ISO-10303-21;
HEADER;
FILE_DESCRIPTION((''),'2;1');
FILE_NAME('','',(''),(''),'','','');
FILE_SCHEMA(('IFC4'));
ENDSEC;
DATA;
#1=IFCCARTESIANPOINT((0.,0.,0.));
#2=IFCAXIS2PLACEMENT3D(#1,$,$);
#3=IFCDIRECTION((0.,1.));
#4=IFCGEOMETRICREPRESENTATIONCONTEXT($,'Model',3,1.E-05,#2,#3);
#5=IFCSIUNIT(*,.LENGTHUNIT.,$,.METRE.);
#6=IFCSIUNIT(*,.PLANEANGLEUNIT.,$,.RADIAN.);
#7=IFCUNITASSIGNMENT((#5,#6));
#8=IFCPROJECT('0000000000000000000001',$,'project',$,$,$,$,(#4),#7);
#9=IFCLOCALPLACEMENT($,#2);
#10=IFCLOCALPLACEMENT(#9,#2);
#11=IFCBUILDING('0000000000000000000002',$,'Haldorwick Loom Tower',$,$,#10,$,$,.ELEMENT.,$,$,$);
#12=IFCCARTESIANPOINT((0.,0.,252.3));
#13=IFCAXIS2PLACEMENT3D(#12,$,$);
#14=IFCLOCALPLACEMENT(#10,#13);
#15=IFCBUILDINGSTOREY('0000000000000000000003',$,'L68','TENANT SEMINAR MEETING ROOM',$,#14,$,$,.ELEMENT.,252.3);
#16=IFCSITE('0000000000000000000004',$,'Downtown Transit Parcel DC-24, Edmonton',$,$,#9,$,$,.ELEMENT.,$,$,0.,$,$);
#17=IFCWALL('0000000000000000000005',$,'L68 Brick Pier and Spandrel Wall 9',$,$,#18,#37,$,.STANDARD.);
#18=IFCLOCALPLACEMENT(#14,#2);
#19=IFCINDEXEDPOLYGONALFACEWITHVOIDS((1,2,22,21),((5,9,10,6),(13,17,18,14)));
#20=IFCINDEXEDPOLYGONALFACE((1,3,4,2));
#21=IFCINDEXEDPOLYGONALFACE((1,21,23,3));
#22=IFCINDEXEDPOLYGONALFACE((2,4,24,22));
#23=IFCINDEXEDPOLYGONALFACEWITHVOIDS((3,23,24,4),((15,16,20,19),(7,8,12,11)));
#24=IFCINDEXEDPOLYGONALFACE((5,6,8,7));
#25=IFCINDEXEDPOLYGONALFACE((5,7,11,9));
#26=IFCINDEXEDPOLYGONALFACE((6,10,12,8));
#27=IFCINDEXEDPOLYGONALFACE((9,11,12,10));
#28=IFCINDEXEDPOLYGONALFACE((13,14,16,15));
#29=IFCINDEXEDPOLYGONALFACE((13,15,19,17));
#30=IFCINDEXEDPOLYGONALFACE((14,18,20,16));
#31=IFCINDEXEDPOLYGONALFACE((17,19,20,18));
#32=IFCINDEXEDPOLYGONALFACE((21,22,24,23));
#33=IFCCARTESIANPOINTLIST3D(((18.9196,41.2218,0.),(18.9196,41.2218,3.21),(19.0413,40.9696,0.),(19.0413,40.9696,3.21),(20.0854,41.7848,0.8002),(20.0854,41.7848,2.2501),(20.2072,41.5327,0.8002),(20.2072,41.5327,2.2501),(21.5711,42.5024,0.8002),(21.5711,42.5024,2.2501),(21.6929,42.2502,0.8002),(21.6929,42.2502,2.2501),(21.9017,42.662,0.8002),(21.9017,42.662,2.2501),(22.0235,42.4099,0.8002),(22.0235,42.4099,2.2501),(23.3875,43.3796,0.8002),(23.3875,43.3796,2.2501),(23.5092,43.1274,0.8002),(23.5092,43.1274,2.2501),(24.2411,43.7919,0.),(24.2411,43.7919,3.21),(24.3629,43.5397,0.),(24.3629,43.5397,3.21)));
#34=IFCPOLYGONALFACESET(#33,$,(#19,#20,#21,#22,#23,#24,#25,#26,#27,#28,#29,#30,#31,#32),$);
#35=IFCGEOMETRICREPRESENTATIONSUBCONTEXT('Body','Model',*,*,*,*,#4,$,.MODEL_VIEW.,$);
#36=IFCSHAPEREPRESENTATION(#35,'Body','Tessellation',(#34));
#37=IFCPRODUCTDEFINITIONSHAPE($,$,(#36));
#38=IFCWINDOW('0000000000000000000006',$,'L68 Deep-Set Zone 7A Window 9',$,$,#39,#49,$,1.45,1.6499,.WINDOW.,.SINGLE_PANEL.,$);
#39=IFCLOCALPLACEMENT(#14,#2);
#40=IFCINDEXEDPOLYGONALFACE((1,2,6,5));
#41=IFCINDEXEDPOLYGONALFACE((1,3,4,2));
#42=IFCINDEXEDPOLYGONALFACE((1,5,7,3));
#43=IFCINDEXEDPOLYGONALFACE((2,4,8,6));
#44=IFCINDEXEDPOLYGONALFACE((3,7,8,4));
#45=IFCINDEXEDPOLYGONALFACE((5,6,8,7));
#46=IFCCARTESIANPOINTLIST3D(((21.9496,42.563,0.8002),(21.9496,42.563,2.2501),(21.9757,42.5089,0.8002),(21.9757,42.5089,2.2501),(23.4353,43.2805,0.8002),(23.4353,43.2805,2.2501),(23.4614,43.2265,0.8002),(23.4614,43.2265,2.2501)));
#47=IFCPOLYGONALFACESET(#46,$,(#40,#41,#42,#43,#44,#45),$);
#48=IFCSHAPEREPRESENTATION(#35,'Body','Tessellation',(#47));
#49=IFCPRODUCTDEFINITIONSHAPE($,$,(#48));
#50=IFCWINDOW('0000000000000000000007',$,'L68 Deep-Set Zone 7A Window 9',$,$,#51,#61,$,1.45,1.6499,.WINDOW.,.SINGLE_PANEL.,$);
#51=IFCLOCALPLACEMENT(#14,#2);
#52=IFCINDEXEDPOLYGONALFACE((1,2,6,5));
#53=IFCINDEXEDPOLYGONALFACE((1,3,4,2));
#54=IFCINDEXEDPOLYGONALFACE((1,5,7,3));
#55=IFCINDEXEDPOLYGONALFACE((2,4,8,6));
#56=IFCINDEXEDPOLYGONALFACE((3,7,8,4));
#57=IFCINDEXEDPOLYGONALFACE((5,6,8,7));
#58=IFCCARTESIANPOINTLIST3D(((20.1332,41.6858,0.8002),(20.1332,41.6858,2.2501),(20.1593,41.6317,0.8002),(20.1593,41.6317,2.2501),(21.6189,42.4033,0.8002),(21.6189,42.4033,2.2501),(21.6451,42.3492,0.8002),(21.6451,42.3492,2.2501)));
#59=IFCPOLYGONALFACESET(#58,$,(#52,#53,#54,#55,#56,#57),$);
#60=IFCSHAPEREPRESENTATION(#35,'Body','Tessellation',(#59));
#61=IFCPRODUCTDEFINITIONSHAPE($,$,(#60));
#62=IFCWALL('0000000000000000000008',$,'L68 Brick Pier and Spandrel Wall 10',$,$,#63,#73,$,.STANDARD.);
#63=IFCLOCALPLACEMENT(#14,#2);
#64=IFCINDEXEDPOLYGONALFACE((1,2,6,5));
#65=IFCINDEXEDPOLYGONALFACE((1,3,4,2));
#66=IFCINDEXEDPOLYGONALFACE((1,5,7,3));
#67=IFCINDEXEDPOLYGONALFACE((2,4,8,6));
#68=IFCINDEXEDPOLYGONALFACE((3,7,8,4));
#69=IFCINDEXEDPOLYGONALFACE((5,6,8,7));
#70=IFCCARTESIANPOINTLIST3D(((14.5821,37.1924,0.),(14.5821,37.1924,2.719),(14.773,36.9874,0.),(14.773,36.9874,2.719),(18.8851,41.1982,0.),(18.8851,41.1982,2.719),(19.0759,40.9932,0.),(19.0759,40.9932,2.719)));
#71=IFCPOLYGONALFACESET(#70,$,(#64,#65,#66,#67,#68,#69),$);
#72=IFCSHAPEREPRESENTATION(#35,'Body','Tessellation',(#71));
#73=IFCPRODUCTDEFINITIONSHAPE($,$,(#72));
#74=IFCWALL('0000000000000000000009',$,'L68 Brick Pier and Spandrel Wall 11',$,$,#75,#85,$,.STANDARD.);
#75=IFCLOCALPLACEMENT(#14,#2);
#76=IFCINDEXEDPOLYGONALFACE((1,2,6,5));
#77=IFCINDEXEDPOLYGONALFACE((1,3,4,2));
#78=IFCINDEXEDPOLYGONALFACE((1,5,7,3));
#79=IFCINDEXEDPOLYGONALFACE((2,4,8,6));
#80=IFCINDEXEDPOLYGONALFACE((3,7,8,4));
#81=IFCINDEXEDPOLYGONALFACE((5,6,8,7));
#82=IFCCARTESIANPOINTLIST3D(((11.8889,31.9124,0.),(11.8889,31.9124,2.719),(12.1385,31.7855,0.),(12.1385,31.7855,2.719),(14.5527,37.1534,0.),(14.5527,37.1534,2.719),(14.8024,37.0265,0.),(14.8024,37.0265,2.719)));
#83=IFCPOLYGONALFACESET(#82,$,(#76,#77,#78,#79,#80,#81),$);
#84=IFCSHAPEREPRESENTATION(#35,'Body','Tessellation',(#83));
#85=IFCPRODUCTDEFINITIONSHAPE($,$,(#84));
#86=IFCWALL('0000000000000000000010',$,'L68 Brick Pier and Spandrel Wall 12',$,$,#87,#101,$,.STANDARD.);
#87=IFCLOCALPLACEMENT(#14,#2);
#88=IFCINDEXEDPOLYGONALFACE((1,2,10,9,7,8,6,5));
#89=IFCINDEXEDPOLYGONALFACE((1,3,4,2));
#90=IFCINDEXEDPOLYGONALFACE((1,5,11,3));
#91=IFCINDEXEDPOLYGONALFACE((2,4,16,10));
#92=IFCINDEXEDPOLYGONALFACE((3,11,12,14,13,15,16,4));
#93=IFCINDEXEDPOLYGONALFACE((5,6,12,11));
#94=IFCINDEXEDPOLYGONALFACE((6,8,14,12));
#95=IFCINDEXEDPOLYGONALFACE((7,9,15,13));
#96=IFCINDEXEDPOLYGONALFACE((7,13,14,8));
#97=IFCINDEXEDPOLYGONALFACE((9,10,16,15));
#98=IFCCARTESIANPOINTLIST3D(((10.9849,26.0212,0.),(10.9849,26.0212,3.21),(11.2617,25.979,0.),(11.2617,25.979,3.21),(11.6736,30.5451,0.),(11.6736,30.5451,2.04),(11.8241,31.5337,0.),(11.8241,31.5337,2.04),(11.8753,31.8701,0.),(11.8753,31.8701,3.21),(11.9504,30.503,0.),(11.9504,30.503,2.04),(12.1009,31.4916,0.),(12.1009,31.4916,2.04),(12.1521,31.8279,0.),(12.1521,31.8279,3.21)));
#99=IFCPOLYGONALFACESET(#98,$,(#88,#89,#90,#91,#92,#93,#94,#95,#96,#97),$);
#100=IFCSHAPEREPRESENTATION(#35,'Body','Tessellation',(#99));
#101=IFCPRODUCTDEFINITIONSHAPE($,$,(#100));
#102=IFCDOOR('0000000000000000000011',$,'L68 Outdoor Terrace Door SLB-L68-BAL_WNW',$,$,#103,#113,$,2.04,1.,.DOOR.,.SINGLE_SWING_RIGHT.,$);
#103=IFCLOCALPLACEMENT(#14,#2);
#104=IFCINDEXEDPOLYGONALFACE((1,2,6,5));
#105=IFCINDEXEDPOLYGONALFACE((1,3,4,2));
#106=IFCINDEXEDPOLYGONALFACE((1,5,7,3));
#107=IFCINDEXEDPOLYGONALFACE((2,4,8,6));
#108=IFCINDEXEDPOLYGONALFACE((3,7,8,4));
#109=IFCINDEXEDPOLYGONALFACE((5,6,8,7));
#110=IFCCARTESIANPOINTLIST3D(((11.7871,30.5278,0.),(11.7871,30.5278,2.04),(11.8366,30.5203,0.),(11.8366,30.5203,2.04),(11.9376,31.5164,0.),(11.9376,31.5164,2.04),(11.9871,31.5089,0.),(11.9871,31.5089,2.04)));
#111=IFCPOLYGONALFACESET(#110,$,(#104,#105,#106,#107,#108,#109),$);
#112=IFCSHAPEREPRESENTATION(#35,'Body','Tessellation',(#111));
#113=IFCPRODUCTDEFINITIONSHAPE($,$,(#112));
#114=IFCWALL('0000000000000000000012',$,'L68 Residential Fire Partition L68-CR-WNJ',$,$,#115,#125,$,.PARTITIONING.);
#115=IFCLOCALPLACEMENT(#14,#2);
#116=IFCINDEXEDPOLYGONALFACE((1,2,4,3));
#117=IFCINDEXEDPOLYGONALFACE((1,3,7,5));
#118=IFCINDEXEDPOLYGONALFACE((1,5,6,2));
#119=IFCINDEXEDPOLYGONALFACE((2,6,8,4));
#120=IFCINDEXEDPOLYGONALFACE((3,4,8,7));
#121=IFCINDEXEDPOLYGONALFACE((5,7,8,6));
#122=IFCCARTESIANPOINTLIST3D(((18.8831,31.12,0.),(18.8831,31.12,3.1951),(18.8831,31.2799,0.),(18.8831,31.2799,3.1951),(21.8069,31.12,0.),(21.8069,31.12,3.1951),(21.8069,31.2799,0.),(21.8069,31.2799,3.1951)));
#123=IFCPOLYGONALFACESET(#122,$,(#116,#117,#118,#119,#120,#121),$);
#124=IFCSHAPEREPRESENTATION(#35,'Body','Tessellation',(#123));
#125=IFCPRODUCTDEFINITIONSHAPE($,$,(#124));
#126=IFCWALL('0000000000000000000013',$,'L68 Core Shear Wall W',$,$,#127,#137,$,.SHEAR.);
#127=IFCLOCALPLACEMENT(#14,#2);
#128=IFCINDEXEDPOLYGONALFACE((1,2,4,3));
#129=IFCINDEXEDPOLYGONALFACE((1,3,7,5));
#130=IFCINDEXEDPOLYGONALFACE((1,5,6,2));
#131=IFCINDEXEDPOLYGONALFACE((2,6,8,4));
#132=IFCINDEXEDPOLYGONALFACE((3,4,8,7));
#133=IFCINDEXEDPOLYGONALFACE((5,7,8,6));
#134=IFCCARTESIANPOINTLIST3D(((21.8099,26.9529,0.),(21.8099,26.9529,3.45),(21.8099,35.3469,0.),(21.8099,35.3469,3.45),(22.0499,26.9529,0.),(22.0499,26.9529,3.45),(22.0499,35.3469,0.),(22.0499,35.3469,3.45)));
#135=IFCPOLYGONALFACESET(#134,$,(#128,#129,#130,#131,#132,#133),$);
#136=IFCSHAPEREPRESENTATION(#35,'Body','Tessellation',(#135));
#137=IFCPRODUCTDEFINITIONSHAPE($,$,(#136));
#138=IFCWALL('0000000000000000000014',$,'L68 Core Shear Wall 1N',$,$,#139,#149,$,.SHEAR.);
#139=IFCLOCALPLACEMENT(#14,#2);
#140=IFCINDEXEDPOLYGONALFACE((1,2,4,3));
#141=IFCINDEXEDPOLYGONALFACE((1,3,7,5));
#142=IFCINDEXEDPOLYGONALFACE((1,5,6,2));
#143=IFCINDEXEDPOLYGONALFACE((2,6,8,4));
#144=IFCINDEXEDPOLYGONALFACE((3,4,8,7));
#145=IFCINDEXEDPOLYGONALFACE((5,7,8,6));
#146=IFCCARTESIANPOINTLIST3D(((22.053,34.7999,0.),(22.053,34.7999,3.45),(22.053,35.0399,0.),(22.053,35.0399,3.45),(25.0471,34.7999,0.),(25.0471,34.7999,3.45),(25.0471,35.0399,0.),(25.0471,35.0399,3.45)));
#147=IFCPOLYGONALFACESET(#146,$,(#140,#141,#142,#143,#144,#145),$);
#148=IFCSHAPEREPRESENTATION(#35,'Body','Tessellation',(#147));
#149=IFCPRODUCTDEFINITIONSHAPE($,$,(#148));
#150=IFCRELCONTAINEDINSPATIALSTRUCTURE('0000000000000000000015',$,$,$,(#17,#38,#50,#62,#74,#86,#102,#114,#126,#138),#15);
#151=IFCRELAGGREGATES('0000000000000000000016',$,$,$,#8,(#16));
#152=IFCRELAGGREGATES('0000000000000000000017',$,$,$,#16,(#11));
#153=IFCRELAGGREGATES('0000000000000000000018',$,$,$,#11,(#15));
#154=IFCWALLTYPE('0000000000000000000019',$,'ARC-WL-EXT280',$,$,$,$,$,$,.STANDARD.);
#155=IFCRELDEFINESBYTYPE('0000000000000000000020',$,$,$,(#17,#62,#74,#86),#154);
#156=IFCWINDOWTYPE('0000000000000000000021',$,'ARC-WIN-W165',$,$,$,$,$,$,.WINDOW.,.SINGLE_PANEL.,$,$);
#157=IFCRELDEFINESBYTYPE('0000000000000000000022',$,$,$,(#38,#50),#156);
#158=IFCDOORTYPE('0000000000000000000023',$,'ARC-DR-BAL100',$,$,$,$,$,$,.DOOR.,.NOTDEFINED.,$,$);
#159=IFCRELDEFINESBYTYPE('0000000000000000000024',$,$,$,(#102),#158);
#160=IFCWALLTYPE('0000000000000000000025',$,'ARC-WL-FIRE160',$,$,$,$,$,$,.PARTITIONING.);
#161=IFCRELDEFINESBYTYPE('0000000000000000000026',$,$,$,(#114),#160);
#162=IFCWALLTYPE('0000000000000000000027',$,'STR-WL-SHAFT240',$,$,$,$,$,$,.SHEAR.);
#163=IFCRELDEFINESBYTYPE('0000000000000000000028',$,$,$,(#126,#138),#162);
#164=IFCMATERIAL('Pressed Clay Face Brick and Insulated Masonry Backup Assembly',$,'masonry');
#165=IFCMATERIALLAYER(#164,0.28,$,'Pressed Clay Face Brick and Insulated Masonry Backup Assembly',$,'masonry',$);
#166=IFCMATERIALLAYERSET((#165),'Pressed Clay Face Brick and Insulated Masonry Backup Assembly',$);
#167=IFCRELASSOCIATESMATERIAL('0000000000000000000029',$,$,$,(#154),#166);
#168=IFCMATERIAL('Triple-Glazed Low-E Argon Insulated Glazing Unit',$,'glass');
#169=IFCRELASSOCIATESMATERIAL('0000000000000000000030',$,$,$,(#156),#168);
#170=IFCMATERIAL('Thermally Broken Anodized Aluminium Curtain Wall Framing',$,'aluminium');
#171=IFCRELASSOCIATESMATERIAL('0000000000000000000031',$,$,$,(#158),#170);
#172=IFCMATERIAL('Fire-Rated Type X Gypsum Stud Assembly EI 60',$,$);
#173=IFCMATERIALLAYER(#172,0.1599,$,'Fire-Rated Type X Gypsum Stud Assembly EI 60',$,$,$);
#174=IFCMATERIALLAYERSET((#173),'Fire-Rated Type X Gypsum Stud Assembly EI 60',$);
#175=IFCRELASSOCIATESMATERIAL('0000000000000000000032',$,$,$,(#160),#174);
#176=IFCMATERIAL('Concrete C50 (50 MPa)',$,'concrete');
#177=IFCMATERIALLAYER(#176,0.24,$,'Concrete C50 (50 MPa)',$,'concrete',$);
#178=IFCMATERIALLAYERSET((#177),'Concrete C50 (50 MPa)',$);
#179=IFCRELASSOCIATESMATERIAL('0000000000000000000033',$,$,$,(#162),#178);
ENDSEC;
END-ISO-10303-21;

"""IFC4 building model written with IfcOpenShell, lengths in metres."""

from ifc_helpers import new_model, si_unit, direction, frame, frame_2d, origin, place, context, subcontext, project, spatial, rectangle, extrude, material, layer, layer_set, type_object, element, fill, save


model = new_model("IFC4")

# Units and contexts
model_context = context("Model", 3, precision=1e-05, world=origin(), true_north=direction((0.0, 1.0)))
body_context = subcontext(model_context, "Body", "Model", "MODEL_VIEW")
ifc_project = project(units=[si_unit("LENGTHUNIT", "METRE"), si_unit("PLANEANGLEUNIT", "RADIAN")], contexts=[model_context])

# Site, building, storey
site_placement = place(None, origin())
site = spatial("IfcSite", under=ifc_project, at=site_placement, Name="Downtown Transit Parcel DC-24, Edmonton", CompositionType="ELEMENT", RefElevation=0.0)
building_placement = place(site_placement, origin())
building = spatial("IfcBuilding", under=site, at=building_placement, Name="Haldorwick Loom Tower", CompositionType="ELEMENT")
storey_placement = place(building_placement, frame((0.0, 0.0, 252.3)))
storey = spatial("IfcBuildingStorey", under=building, at=storey_placement, Name="L68", Description="TENANT SEMINAR MEETING ROOM", CompositionType="ELEMENT", Elevation=252.3)

# Shared definitions
ifc_material_1 = material(Name="Concrete C50 (50 MPa)", Category="concrete")

# Wall, openings, windows
ifc_material_2 = material(Name="Pressed Clay Face Brick and Insulated Masonry Backup Assembly", Category="masonry")
ifc_layer_1 = layer(ifc_material_2, 0.28, Name="Pressed Clay Face Brick and Insulated Masonry Backup Assembly", Category="masonry")
ifc_layer_set_1 = layer_set([ifc_layer_1], Name="Pressed Clay Face Brick and Insulated Masonry Backup Assembly")
wall_type_1 = type_object("IfcWallType", Name="ARC-WL-EXT280", PredefinedType="STANDARD", material=ifc_layer_set_1)
wall_1_placement = place(storey_placement, frame((24.302, 43.6658, 0.0), z_axis=(0.0, 0.0, 1.0), x_axis=(-0.900482, -0.434893, 0.0)))
wall_1 = element("IfcWall", 1, at=wall_1_placement, inside=storey, type_object=wall_type_1, Name="L68 Brick Pier and Spandrel Wall 9", PredefinedType="STANDARD", context=body_context, shape_type="SweptSolid", body=[
    extrude(rectangle(XDim=5.9097, YDim=0.28, at=frame_2d((2.9548, 0.0))), origin(), (0.0, 0.0, 1.0), 3.21),
])
opening_1_placement = place(wall_1_placement, frame((0.948, 0.0, 0.8)))
opening_1 = element("IfcOpeningElement", 2, at=opening_1_placement, cuts=wall_1, PredefinedType="OPENING", context=body_context, shape_type="SweptSolid", body=[
    extrude(rectangle(XDim=1.6499, YDim=1.45, at=frame_2d((0.825, 0.7251))), frame((0.0, 0.1499, 0.0), z_axis=(0.0, -1.0, 0.0), x_axis=(1.0, 0.0, 0.0)), (0.0, 0.0, 1.0), 0.3),
])
opening_2_placement = place(wall_1_placement, frame((2.9651, 0.0, 0.8)))
opening_2 = element("IfcOpeningElement", 3, at=opening_2_placement, cuts=wall_1, PredefinedType="OPENING", context=body_context, shape_type="SweptSolid", body=[
    extrude(rectangle(XDim=1.6499, YDim=1.45, at=frame_2d((0.825, 0.7251))), frame((0.0, 0.1499, 0.0), z_axis=(0.0, -1.0, 0.0), x_axis=(1.0, 0.0, 0.0)), (0.0, 0.0, 1.0), 0.3),
])
ifc_material_3 = material(Name="Triple-Glazed Low-E Argon Insulated Glazing Unit", Category="glass")
window_type = type_object("IfcWindowType", Name="ARC-WIN-W165", PartitioningType="SINGLE_PANEL", PredefinedType="WINDOW", material=ifc_material_3)
window_1_placement = place(opening_1_placement, origin())
window_1 = element("IfcWindow", 4, at=window_1_placement, inside=storey, type_object=window_type, Name="L68 Deep-Set Zone 7A Window 9", OverallHeight=1.45, OverallWidth=1.6499, PartitioningType="SINGLE_PANEL", PredefinedType="WINDOW", context=body_context, shape_type="SweptSolid", body=[
    extrude(rectangle(XDim=1.6499, YDim=1.45, at=frame_2d((0.825, 0.7251))), frame((0.0, 0.03, 0.0), z_axis=(0.0, -1.0, 0.0), x_axis=(1.0, 0.0, 0.0)), (0.0, 0.0, 1.0), 0.0601),
])
fill(opening_1, window_1)
window_2_placement = place(opening_2_placement, origin())
window_2 = element("IfcWindow", 5, at=window_2_placement, inside=storey, type_object=window_type, Name="L68 Deep-Set Zone 7A Window 9", OverallHeight=1.45, OverallWidth=1.6499, PartitioningType="SINGLE_PANEL", PredefinedType="WINDOW", context=body_context, shape_type="SweptSolid", body=[
    extrude(rectangle(XDim=1.6499, YDim=1.45, at=frame_2d((0.825, 0.7251))), frame((0.0, 0.03, 0.0), z_axis=(0.0, -1.0, 0.0), x_axis=(1.0, 0.0, 0.0)), (0.0, 0.0, 1.0), 0.0601),
])
fill(opening_2, window_2)

# Walls
wall_2_placement = place(storey_placement, frame((18.9805, 41.0957, 0.0), z_axis=(0.0, 0.0, 1.0), x_axis=(-0.731925, -0.681386, 0.0)))
element("IfcWall", 6, at=wall_2_placement, inside=storey, type_object=wall_type_1, Name="L68 Brick Pier and Spandrel Wall 10", PredefinedType="STANDARD", context=body_context, shape_type="SweptSolid", body=[
    extrude(rectangle(XDim=5.8789, YDim=0.28, at=frame_2d((2.9395, 0.0))), origin(), (0.0, 0.0, 1.0), 2.719),
])
wall_3_placement = place(storey_placement, frame((14.6775, 37.0898, 0.0), z_axis=(0.0, 0.0, 1.0), x_axis=(-0.453101, -0.891459, 0.0)))
element("IfcWall", 7, at=wall_3_placement, inside=storey, type_object=wall_type_1, Name="L68 Brick Pier and Spandrel Wall 11", PredefinedType="STANDARD", context=body_context, shape_type="SweptSolid", body=[
    extrude(rectangle(XDim=5.8792, YDim=0.28, at=frame_2d((2.9395, 0.0))), origin(), (0.0, 0.0, 1.0), 2.719),
])

# Wall, opening, door
wall_4_placement = place(storey_placement, frame((12.0137, 31.8489, 0.0), z_axis=(0.0, 0.0, 1.0), x_axis=(-0.150497, -0.98861, 0.0)))
wall_4 = element("IfcWall", 8, at=wall_4_placement, inside=storey, type_object=wall_type_1, Name="L68 Brick Pier and Spandrel Wall 12", PredefinedType="STANDARD", context=body_context, shape_type="SweptSolid", body=[
    extrude(rectangle(XDim=5.9163, YDim=0.28, at=frame_2d((2.958, 0.0))), origin(), (0.0, 0.0, 1.0), 3.21),
])
opening_3_placement = place(wall_4_placement, frame((0.3401, 0.0, 0.0)))
opening_3 = element("IfcOpeningElement", 9, at=opening_3_placement, cuts=wall_4, PredefinedType="OPENING", context=body_context, shape_type="SweptSolid", body=[
    extrude(rectangle(XDim=1.0, YDim=2.04, at=frame_2d((0.5, 1.02))), frame((0.0, 0.1499, 0.0), z_axis=(0.0, -1.0, 0.0), x_axis=(1.0, 0.0, 0.0)), (0.0, 0.0, 1.0), 0.3),
])
ifc_material_4 = material(Name="Thermally Broken Anodized Aluminium Curtain Wall Framing", Category="aluminium")
door_type = type_object("IfcDoorType", Name="ARC-DR-BAL100", OperationType="NOTDEFINED", PredefinedType="DOOR", material=ifc_material_4)
door_placement = place(opening_3_placement, origin())
door = element("IfcDoor", 10, at=door_placement, inside=storey, type_object=door_type, Name="L68 Outdoor Terrace Door SLB-L68-BAL_WNW", OperationType="SINGLE_SWING_RIGHT", OverallHeight=2.04, OverallWidth=1.0, PredefinedType="DOOR", context=body_context, shape_type="SweptSolid", body=[
    extrude(rectangle(XDim=1.0, YDim=2.04, at=frame_2d((0.5, 1.02))), frame((0.0, 0.0249, 0.0), z_axis=(0.0, -1.0, 0.0), x_axis=(1.0, 0.0, 0.0)), (0.0, 0.0, 1.0), 0.05),
])
fill(opening_3, door)

# Walls
ifc_material_5 = material(Name="Fire-Rated Type X Gypsum Stud Assembly EI 60")
ifc_layer_2 = layer(ifc_material_5, 0.1599, Name="Fire-Rated Type X Gypsum Stud Assembly EI 60")
ifc_layer_set_2 = layer_set([ifc_layer_2], Name="Fire-Rated Type X Gypsum Stud Assembly EI 60")
wall_type_2 = type_object("IfcWallType", Name="ARC-WL-FIRE160", PredefinedType="PARTITIONING", material=ifc_layer_set_2)
wall_5_placement = place(storey_placement, frame((18.8831, 31.2, 0.0), z_axis=(0.0, 0.0, 1.0), x_axis=(1.0, 0.0, 0.0)))
element("IfcWall", 11, at=wall_5_placement, inside=storey, type_object=wall_type_2, Name="L68 Residential Fire Partition L68-CR-WNJ", PredefinedType="PARTITIONING", context=body_context, shape_type="SweptSolid", body=[
    extrude(rectangle(XDim=2.9238, YDim=0.1599, at=frame_2d((1.4619, 0.0))), origin(), (0.0, 0.0, 1.0), 3.1951),
])
ifc_layer_3 = layer(ifc_material_1, 0.24, Name="Concrete C50 (50 MPa)", Category="concrete")
ifc_layer_set_3 = layer_set([ifc_layer_3], Name="Concrete C50 (50 MPa)")
wall_type_3 = type_object("IfcWallType", Name="STR-WL-SHAFT240", PredefinedType="SHEAR", material=ifc_layer_set_3)
wall_6_placement = place(storey_placement, frame((21.9299, 35.3469, 0.0), z_axis=(0.0, 0.0, 1.0), x_axis=(0.0, -1.0, 0.0)))
element("IfcWall", 12, at=wall_6_placement, inside=storey, type_object=wall_type_3, Name="L68 Core Shear Wall W", PredefinedType="SHEAR", context=body_context, shape_type="SweptSolid", body=[
    extrude(rectangle(XDim=8.394, YDim=0.24, at=frame_2d((4.197, 0.0))), origin(), (0.0, 0.0, 1.0), 3.45),
])
wall_7_placement = place(storey_placement, frame((22.053, 34.9199, 0.0), z_axis=(0.0, 0.0, 1.0), x_axis=(1.0, 0.0, 0.0)))
element("IfcWall", 13, at=wall_7_placement, inside=storey, type_object=wall_type_3, Name="L68 Core Shear Wall 1N", PredefinedType="SHEAR", context=body_context, shape_type="SweptSolid", body=[
    extrude(rectangle(XDim=2.9941, YDim=0.24, at=frame_2d((1.4971, 0.0))), origin(), (0.0, 0.0, 1.0), 3.45),
])

save(model, "model.ifc")
